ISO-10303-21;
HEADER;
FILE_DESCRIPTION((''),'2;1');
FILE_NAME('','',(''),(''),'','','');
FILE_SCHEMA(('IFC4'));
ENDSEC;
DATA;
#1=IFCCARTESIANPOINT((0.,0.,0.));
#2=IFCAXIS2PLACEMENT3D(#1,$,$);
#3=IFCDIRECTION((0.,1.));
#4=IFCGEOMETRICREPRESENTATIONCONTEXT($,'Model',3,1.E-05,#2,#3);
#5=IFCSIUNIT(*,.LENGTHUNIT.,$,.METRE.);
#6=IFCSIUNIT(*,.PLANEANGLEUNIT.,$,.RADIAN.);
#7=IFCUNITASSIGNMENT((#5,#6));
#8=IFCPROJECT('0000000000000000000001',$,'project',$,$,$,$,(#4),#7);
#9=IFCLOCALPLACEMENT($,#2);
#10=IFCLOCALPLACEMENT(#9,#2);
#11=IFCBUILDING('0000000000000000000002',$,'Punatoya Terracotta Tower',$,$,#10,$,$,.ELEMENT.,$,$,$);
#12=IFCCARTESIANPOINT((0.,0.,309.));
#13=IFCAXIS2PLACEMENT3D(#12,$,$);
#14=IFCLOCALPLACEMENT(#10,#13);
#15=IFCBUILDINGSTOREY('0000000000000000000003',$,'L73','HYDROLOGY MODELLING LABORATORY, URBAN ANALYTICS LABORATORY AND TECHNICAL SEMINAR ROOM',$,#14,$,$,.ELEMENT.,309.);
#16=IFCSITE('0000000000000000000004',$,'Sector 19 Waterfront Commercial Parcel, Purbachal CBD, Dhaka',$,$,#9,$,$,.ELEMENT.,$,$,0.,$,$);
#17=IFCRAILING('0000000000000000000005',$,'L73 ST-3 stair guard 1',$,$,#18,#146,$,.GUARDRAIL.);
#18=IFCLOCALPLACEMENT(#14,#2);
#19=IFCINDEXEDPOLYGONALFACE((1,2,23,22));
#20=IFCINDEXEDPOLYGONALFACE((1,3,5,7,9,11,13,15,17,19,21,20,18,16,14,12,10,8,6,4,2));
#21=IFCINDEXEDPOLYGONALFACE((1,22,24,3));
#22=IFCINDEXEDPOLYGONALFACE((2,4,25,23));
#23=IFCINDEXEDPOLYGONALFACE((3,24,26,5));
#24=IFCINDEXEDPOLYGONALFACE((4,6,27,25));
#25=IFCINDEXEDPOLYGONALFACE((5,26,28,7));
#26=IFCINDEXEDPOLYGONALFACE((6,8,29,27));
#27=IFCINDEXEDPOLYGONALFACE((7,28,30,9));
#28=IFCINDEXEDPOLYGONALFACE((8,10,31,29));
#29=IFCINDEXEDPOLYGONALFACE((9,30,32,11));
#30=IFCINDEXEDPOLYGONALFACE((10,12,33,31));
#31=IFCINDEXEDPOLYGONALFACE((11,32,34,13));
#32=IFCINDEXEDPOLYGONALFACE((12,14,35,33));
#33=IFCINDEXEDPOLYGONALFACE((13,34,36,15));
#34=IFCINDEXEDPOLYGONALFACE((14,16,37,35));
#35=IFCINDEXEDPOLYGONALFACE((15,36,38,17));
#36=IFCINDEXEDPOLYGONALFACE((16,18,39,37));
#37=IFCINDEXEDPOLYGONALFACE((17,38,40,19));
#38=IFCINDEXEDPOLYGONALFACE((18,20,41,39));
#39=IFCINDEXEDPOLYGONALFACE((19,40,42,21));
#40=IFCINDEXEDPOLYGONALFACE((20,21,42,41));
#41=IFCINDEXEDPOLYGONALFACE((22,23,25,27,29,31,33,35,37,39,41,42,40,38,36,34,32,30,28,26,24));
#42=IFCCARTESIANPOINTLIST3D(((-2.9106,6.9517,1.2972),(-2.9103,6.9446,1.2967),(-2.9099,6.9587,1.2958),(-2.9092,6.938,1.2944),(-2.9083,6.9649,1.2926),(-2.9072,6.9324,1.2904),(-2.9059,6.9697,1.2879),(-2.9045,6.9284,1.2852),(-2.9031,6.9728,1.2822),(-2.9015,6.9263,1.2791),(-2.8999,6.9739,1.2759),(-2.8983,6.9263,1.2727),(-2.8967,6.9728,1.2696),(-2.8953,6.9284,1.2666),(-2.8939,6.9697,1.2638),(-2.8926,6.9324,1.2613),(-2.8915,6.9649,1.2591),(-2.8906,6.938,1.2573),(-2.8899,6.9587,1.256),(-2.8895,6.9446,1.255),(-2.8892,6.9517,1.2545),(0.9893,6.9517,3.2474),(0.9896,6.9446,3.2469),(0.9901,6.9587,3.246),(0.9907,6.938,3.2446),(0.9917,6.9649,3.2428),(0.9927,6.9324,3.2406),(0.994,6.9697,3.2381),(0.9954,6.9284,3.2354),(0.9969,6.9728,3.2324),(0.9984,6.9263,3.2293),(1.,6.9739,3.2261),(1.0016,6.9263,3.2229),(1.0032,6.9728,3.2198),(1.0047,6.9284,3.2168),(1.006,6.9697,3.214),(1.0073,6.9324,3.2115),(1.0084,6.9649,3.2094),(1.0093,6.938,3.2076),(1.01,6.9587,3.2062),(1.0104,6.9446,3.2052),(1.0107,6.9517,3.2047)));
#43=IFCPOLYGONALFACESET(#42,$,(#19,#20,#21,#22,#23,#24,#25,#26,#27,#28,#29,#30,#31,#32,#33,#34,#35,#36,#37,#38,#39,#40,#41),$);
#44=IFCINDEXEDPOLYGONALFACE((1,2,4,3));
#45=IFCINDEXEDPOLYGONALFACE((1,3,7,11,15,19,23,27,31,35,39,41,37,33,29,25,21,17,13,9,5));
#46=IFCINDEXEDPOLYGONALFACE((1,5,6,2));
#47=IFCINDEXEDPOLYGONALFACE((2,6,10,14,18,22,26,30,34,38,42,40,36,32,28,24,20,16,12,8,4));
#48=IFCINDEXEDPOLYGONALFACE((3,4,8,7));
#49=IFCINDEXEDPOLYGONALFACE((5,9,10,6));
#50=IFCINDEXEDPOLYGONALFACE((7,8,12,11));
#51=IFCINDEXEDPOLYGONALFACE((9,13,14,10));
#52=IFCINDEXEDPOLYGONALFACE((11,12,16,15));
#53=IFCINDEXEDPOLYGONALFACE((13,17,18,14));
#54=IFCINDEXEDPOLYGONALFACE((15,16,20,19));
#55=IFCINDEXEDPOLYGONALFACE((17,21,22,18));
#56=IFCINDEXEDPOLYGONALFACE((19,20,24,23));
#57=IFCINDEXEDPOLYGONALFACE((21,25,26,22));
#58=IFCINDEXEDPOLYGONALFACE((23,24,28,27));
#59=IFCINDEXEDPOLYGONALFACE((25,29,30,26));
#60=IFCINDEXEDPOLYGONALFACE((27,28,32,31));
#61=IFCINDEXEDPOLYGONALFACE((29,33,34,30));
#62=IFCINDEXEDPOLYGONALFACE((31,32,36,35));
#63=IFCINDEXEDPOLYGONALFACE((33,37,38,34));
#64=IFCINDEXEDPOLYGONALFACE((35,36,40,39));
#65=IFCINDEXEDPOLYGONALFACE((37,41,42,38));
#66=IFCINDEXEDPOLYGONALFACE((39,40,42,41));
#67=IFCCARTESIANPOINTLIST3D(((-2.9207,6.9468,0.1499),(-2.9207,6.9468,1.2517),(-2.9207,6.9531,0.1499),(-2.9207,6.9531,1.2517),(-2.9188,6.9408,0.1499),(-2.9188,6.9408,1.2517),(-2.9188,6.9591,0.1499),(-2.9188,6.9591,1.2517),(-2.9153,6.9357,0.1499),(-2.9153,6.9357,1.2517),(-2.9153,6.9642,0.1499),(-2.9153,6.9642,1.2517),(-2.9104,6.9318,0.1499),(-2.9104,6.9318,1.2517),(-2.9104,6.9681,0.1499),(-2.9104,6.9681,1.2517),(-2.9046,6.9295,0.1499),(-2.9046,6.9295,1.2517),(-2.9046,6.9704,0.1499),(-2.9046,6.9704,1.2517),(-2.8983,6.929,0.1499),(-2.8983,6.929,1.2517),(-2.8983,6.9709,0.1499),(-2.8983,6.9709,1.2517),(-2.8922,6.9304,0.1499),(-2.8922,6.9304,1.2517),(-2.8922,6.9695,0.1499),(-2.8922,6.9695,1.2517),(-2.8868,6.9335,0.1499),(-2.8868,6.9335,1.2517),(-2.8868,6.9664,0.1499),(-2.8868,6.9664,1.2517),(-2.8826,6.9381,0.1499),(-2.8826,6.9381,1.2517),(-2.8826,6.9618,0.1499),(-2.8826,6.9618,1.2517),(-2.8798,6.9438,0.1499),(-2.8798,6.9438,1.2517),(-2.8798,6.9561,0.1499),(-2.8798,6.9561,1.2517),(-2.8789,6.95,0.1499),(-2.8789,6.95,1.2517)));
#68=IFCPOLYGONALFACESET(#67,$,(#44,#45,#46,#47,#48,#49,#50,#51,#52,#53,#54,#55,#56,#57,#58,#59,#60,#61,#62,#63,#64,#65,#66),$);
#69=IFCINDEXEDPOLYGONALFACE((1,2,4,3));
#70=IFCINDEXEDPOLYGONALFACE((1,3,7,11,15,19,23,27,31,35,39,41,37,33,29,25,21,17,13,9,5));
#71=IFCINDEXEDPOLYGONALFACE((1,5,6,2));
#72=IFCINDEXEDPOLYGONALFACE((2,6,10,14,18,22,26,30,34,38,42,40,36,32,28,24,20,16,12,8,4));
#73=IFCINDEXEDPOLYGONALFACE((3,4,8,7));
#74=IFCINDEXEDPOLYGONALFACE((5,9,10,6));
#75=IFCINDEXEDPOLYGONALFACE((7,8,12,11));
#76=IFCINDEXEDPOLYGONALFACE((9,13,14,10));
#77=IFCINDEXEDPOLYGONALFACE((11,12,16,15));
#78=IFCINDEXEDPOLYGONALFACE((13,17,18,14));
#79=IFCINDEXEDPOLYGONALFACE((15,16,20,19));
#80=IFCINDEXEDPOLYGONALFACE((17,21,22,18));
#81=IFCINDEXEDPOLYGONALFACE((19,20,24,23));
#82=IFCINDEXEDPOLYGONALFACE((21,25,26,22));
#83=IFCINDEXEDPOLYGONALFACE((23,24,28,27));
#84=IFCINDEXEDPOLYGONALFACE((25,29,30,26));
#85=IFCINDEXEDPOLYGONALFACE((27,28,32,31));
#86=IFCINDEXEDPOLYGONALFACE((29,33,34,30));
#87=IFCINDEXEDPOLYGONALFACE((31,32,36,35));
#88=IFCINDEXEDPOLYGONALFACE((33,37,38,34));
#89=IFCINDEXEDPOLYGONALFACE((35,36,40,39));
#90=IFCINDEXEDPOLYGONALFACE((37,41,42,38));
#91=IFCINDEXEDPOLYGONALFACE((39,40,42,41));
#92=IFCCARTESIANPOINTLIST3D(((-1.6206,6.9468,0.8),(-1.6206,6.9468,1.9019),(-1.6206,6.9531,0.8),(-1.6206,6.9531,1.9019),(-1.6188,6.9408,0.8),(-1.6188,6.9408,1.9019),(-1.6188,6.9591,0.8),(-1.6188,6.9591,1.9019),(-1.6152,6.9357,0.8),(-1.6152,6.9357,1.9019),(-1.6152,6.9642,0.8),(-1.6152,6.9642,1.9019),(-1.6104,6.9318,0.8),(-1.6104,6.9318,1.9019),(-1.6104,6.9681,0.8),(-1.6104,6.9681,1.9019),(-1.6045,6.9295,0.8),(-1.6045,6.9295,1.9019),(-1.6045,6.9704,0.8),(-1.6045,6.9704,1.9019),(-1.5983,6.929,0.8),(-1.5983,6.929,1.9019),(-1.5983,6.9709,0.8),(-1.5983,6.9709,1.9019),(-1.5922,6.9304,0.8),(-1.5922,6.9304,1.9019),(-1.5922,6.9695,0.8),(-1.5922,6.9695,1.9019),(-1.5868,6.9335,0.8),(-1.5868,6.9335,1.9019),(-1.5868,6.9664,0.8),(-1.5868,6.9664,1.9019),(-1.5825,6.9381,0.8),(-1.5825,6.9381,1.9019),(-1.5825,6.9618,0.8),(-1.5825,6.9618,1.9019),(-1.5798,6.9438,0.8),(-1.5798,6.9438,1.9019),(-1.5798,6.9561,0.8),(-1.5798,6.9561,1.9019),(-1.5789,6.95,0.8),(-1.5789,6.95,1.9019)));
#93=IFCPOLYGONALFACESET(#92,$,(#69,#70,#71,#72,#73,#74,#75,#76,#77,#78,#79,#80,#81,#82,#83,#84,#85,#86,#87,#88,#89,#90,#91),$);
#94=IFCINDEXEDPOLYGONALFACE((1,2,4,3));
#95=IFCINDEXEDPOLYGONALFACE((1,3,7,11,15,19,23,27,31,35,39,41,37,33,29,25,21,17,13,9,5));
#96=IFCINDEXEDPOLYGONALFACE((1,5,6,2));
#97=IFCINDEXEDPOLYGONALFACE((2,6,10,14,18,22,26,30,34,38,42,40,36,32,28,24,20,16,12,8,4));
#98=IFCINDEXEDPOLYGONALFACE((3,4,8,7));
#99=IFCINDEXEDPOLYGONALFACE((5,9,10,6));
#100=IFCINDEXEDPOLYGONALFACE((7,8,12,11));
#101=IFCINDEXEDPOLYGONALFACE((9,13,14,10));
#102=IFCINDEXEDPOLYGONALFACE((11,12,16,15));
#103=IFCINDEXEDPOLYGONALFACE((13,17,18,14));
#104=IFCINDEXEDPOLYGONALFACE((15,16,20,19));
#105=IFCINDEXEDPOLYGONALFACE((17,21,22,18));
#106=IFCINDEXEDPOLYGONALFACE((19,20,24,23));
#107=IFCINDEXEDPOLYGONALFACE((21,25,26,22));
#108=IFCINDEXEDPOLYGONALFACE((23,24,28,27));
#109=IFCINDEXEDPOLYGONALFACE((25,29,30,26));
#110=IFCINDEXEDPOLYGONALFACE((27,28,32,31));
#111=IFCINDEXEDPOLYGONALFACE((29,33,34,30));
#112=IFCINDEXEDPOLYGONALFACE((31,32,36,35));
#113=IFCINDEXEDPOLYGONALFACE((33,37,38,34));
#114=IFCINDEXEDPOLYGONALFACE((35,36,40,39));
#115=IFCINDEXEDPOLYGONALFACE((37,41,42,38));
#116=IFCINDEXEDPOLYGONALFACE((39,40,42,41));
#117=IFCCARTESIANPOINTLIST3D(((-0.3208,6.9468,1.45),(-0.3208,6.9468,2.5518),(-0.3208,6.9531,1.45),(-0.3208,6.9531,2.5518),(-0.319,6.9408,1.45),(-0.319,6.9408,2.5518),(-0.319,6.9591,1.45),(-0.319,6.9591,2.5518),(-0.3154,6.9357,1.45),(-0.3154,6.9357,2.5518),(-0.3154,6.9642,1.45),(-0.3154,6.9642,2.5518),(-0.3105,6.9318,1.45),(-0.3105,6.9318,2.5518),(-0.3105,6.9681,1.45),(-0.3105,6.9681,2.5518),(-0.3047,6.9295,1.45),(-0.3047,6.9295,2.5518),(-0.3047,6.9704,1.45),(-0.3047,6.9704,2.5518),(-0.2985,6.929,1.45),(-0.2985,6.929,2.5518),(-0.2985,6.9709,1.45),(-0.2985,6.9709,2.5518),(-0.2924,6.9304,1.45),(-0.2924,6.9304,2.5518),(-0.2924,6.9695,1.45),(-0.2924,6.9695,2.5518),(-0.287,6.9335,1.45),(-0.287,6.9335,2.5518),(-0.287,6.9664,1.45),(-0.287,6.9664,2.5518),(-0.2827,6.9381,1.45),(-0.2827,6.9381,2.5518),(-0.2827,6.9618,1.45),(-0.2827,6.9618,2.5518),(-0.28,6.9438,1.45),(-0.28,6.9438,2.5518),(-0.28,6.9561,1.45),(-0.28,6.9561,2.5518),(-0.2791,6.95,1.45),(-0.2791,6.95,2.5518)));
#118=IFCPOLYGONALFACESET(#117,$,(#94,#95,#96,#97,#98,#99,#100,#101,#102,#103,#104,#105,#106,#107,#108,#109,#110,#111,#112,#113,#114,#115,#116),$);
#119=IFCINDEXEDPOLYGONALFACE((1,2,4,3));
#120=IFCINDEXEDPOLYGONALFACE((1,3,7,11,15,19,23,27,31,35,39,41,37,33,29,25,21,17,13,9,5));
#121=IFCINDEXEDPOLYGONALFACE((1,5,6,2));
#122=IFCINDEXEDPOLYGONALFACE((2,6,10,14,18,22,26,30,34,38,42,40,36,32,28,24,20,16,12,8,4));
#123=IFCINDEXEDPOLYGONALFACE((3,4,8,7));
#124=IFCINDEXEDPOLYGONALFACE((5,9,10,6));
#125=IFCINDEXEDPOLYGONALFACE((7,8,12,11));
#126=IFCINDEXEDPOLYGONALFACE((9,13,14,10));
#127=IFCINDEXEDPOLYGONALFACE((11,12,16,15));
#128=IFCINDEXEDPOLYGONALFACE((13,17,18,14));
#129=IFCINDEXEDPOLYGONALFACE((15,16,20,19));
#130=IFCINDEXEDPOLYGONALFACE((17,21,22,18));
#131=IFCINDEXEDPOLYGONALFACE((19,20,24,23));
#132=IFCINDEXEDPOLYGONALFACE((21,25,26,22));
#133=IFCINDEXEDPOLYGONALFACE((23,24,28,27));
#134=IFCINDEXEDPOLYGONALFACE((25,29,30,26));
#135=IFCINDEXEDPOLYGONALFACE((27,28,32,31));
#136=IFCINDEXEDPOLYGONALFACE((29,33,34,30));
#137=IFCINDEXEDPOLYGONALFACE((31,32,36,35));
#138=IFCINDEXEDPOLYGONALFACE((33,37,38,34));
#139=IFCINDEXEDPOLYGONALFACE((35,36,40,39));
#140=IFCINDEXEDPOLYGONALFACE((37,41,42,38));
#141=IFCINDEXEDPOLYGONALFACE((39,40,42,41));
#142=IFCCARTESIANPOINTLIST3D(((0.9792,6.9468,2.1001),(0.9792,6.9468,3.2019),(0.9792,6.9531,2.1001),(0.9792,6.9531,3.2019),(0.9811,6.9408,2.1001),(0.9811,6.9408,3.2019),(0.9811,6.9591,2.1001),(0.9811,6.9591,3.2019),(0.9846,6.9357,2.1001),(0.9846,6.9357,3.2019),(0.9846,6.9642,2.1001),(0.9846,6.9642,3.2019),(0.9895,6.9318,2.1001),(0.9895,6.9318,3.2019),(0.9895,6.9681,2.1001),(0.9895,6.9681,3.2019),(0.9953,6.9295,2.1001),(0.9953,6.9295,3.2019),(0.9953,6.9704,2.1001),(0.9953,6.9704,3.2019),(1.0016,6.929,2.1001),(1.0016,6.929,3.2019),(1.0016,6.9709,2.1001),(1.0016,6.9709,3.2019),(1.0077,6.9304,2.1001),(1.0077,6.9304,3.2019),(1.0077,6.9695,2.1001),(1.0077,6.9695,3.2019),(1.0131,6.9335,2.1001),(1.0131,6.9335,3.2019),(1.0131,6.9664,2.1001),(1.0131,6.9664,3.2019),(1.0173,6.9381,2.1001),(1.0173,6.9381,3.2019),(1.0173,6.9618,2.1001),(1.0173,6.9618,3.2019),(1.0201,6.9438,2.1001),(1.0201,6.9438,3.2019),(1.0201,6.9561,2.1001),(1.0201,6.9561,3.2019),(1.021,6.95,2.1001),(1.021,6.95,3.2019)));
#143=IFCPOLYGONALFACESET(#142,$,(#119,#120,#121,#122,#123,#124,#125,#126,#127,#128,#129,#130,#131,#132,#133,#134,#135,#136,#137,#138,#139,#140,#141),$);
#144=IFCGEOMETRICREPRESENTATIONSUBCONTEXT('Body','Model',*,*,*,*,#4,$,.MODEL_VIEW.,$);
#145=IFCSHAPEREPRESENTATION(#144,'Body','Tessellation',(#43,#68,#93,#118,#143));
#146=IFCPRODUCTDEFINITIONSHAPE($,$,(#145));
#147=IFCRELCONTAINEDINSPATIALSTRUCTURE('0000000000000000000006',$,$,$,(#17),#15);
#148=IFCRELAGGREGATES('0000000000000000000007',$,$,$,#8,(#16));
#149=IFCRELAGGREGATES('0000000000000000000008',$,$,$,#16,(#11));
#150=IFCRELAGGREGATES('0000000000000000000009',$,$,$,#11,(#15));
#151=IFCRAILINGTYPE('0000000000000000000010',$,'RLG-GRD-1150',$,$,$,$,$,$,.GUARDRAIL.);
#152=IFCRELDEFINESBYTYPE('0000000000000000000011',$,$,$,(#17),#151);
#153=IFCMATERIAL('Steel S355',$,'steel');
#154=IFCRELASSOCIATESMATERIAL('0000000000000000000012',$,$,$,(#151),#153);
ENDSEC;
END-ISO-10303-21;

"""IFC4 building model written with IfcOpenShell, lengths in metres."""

from ifc_helpers import new_model, si_unit, direction, frame, origin, origin_2d, place, context, subcontext, project, spatial, circle, extrude, material, type_object, element, save


model = new_model("IFC4")

# Units and contexts
model_context = context("Model", 3, precision=1e-05, world=origin(), true_north=direction((0.0, 1.0)))
body_context = subcontext(model_context, "Body", "Model", "MODEL_VIEW")
ifc_project = project(units=[si_unit("LENGTHUNIT", "METRE"), si_unit("PLANEANGLEUNIT", "RADIAN")], contexts=[model_context])

# Site, building, storey
site_placement = place(None, origin())
site = spatial("IfcSite", under=ifc_project, at=site_placement, Name="Sector 19 Waterfront Commercial Parcel, Purbachal CBD, Dhaka", CompositionType="ELEMENT", RefElevation=0.0)
building_placement = place(site_placement, origin())
building = spatial("IfcBuilding", under=site, at=building_placement, Name="Punatoya Terracotta Tower", CompositionType="ELEMENT")
storey_placement = place(building_placement, frame((0.0, 0.0, 309.0)))
storey = spatial("IfcBuildingStorey", under=building, at=storey_placement, Name="L73", Description="HYDROLOGY MODELLING LABORATORY, URBAN ANALYTICS LABORATORY AND TECHNICAL SEMINAR ROOM", CompositionType="ELEMENT", Elevation=309.0)

# Shared definitions
ifc_material_1 = material(Name="Steel S355", Category="steel")

# Railing
railing_type_1 = type_object("IfcRailingType", Name="RLG-GRD-1150", PredefinedType="GUARDRAIL", material=ifc_material_1)
railing_1_placement = place(storey_placement, frame((-2.8999, 6.95, 0.1499)))
element("IfcRailing", 1, at=railing_1_placement, inside=storey, type_object=railing_type_1, Name="L73 ST-3 stair guard 1", PredefinedType="GUARDRAIL", context=body_context, shape_type="SweptSolid", body=[
    extrude(circle(Radius=0.0239, at=origin_2d()), frame((0.0, 0.0, 1.126), z_axis=(0.894405, 0.0, 0.447258), x_axis=(0.0, 1.0, 0.0)), (0.0, 0.0, 1.0), 4.3604),
    extrude(circle(Radius=0.021, at=origin_2d()), origin(), (0.0, 0.0, 1.0), 1.1018),
    extrude(circle(Radius=0.021, at=origin_2d()), frame((1.3, 0.0, 0.6501)), (0.0, 0.0, 1.0), 1.1018),
    extrude(circle(Radius=0.021, at=origin_2d()), frame((2.5999, 0.0, 1.3)), (0.0, 0.0, 1.0), 1.1018),
    extrude(circle(Radius=0.021, at=origin_2d()), frame((3.8999, 0.0, 1.9502)), (0.0, 0.0, 1.0), 1.1018),
])

save(model, "model.ifc")
